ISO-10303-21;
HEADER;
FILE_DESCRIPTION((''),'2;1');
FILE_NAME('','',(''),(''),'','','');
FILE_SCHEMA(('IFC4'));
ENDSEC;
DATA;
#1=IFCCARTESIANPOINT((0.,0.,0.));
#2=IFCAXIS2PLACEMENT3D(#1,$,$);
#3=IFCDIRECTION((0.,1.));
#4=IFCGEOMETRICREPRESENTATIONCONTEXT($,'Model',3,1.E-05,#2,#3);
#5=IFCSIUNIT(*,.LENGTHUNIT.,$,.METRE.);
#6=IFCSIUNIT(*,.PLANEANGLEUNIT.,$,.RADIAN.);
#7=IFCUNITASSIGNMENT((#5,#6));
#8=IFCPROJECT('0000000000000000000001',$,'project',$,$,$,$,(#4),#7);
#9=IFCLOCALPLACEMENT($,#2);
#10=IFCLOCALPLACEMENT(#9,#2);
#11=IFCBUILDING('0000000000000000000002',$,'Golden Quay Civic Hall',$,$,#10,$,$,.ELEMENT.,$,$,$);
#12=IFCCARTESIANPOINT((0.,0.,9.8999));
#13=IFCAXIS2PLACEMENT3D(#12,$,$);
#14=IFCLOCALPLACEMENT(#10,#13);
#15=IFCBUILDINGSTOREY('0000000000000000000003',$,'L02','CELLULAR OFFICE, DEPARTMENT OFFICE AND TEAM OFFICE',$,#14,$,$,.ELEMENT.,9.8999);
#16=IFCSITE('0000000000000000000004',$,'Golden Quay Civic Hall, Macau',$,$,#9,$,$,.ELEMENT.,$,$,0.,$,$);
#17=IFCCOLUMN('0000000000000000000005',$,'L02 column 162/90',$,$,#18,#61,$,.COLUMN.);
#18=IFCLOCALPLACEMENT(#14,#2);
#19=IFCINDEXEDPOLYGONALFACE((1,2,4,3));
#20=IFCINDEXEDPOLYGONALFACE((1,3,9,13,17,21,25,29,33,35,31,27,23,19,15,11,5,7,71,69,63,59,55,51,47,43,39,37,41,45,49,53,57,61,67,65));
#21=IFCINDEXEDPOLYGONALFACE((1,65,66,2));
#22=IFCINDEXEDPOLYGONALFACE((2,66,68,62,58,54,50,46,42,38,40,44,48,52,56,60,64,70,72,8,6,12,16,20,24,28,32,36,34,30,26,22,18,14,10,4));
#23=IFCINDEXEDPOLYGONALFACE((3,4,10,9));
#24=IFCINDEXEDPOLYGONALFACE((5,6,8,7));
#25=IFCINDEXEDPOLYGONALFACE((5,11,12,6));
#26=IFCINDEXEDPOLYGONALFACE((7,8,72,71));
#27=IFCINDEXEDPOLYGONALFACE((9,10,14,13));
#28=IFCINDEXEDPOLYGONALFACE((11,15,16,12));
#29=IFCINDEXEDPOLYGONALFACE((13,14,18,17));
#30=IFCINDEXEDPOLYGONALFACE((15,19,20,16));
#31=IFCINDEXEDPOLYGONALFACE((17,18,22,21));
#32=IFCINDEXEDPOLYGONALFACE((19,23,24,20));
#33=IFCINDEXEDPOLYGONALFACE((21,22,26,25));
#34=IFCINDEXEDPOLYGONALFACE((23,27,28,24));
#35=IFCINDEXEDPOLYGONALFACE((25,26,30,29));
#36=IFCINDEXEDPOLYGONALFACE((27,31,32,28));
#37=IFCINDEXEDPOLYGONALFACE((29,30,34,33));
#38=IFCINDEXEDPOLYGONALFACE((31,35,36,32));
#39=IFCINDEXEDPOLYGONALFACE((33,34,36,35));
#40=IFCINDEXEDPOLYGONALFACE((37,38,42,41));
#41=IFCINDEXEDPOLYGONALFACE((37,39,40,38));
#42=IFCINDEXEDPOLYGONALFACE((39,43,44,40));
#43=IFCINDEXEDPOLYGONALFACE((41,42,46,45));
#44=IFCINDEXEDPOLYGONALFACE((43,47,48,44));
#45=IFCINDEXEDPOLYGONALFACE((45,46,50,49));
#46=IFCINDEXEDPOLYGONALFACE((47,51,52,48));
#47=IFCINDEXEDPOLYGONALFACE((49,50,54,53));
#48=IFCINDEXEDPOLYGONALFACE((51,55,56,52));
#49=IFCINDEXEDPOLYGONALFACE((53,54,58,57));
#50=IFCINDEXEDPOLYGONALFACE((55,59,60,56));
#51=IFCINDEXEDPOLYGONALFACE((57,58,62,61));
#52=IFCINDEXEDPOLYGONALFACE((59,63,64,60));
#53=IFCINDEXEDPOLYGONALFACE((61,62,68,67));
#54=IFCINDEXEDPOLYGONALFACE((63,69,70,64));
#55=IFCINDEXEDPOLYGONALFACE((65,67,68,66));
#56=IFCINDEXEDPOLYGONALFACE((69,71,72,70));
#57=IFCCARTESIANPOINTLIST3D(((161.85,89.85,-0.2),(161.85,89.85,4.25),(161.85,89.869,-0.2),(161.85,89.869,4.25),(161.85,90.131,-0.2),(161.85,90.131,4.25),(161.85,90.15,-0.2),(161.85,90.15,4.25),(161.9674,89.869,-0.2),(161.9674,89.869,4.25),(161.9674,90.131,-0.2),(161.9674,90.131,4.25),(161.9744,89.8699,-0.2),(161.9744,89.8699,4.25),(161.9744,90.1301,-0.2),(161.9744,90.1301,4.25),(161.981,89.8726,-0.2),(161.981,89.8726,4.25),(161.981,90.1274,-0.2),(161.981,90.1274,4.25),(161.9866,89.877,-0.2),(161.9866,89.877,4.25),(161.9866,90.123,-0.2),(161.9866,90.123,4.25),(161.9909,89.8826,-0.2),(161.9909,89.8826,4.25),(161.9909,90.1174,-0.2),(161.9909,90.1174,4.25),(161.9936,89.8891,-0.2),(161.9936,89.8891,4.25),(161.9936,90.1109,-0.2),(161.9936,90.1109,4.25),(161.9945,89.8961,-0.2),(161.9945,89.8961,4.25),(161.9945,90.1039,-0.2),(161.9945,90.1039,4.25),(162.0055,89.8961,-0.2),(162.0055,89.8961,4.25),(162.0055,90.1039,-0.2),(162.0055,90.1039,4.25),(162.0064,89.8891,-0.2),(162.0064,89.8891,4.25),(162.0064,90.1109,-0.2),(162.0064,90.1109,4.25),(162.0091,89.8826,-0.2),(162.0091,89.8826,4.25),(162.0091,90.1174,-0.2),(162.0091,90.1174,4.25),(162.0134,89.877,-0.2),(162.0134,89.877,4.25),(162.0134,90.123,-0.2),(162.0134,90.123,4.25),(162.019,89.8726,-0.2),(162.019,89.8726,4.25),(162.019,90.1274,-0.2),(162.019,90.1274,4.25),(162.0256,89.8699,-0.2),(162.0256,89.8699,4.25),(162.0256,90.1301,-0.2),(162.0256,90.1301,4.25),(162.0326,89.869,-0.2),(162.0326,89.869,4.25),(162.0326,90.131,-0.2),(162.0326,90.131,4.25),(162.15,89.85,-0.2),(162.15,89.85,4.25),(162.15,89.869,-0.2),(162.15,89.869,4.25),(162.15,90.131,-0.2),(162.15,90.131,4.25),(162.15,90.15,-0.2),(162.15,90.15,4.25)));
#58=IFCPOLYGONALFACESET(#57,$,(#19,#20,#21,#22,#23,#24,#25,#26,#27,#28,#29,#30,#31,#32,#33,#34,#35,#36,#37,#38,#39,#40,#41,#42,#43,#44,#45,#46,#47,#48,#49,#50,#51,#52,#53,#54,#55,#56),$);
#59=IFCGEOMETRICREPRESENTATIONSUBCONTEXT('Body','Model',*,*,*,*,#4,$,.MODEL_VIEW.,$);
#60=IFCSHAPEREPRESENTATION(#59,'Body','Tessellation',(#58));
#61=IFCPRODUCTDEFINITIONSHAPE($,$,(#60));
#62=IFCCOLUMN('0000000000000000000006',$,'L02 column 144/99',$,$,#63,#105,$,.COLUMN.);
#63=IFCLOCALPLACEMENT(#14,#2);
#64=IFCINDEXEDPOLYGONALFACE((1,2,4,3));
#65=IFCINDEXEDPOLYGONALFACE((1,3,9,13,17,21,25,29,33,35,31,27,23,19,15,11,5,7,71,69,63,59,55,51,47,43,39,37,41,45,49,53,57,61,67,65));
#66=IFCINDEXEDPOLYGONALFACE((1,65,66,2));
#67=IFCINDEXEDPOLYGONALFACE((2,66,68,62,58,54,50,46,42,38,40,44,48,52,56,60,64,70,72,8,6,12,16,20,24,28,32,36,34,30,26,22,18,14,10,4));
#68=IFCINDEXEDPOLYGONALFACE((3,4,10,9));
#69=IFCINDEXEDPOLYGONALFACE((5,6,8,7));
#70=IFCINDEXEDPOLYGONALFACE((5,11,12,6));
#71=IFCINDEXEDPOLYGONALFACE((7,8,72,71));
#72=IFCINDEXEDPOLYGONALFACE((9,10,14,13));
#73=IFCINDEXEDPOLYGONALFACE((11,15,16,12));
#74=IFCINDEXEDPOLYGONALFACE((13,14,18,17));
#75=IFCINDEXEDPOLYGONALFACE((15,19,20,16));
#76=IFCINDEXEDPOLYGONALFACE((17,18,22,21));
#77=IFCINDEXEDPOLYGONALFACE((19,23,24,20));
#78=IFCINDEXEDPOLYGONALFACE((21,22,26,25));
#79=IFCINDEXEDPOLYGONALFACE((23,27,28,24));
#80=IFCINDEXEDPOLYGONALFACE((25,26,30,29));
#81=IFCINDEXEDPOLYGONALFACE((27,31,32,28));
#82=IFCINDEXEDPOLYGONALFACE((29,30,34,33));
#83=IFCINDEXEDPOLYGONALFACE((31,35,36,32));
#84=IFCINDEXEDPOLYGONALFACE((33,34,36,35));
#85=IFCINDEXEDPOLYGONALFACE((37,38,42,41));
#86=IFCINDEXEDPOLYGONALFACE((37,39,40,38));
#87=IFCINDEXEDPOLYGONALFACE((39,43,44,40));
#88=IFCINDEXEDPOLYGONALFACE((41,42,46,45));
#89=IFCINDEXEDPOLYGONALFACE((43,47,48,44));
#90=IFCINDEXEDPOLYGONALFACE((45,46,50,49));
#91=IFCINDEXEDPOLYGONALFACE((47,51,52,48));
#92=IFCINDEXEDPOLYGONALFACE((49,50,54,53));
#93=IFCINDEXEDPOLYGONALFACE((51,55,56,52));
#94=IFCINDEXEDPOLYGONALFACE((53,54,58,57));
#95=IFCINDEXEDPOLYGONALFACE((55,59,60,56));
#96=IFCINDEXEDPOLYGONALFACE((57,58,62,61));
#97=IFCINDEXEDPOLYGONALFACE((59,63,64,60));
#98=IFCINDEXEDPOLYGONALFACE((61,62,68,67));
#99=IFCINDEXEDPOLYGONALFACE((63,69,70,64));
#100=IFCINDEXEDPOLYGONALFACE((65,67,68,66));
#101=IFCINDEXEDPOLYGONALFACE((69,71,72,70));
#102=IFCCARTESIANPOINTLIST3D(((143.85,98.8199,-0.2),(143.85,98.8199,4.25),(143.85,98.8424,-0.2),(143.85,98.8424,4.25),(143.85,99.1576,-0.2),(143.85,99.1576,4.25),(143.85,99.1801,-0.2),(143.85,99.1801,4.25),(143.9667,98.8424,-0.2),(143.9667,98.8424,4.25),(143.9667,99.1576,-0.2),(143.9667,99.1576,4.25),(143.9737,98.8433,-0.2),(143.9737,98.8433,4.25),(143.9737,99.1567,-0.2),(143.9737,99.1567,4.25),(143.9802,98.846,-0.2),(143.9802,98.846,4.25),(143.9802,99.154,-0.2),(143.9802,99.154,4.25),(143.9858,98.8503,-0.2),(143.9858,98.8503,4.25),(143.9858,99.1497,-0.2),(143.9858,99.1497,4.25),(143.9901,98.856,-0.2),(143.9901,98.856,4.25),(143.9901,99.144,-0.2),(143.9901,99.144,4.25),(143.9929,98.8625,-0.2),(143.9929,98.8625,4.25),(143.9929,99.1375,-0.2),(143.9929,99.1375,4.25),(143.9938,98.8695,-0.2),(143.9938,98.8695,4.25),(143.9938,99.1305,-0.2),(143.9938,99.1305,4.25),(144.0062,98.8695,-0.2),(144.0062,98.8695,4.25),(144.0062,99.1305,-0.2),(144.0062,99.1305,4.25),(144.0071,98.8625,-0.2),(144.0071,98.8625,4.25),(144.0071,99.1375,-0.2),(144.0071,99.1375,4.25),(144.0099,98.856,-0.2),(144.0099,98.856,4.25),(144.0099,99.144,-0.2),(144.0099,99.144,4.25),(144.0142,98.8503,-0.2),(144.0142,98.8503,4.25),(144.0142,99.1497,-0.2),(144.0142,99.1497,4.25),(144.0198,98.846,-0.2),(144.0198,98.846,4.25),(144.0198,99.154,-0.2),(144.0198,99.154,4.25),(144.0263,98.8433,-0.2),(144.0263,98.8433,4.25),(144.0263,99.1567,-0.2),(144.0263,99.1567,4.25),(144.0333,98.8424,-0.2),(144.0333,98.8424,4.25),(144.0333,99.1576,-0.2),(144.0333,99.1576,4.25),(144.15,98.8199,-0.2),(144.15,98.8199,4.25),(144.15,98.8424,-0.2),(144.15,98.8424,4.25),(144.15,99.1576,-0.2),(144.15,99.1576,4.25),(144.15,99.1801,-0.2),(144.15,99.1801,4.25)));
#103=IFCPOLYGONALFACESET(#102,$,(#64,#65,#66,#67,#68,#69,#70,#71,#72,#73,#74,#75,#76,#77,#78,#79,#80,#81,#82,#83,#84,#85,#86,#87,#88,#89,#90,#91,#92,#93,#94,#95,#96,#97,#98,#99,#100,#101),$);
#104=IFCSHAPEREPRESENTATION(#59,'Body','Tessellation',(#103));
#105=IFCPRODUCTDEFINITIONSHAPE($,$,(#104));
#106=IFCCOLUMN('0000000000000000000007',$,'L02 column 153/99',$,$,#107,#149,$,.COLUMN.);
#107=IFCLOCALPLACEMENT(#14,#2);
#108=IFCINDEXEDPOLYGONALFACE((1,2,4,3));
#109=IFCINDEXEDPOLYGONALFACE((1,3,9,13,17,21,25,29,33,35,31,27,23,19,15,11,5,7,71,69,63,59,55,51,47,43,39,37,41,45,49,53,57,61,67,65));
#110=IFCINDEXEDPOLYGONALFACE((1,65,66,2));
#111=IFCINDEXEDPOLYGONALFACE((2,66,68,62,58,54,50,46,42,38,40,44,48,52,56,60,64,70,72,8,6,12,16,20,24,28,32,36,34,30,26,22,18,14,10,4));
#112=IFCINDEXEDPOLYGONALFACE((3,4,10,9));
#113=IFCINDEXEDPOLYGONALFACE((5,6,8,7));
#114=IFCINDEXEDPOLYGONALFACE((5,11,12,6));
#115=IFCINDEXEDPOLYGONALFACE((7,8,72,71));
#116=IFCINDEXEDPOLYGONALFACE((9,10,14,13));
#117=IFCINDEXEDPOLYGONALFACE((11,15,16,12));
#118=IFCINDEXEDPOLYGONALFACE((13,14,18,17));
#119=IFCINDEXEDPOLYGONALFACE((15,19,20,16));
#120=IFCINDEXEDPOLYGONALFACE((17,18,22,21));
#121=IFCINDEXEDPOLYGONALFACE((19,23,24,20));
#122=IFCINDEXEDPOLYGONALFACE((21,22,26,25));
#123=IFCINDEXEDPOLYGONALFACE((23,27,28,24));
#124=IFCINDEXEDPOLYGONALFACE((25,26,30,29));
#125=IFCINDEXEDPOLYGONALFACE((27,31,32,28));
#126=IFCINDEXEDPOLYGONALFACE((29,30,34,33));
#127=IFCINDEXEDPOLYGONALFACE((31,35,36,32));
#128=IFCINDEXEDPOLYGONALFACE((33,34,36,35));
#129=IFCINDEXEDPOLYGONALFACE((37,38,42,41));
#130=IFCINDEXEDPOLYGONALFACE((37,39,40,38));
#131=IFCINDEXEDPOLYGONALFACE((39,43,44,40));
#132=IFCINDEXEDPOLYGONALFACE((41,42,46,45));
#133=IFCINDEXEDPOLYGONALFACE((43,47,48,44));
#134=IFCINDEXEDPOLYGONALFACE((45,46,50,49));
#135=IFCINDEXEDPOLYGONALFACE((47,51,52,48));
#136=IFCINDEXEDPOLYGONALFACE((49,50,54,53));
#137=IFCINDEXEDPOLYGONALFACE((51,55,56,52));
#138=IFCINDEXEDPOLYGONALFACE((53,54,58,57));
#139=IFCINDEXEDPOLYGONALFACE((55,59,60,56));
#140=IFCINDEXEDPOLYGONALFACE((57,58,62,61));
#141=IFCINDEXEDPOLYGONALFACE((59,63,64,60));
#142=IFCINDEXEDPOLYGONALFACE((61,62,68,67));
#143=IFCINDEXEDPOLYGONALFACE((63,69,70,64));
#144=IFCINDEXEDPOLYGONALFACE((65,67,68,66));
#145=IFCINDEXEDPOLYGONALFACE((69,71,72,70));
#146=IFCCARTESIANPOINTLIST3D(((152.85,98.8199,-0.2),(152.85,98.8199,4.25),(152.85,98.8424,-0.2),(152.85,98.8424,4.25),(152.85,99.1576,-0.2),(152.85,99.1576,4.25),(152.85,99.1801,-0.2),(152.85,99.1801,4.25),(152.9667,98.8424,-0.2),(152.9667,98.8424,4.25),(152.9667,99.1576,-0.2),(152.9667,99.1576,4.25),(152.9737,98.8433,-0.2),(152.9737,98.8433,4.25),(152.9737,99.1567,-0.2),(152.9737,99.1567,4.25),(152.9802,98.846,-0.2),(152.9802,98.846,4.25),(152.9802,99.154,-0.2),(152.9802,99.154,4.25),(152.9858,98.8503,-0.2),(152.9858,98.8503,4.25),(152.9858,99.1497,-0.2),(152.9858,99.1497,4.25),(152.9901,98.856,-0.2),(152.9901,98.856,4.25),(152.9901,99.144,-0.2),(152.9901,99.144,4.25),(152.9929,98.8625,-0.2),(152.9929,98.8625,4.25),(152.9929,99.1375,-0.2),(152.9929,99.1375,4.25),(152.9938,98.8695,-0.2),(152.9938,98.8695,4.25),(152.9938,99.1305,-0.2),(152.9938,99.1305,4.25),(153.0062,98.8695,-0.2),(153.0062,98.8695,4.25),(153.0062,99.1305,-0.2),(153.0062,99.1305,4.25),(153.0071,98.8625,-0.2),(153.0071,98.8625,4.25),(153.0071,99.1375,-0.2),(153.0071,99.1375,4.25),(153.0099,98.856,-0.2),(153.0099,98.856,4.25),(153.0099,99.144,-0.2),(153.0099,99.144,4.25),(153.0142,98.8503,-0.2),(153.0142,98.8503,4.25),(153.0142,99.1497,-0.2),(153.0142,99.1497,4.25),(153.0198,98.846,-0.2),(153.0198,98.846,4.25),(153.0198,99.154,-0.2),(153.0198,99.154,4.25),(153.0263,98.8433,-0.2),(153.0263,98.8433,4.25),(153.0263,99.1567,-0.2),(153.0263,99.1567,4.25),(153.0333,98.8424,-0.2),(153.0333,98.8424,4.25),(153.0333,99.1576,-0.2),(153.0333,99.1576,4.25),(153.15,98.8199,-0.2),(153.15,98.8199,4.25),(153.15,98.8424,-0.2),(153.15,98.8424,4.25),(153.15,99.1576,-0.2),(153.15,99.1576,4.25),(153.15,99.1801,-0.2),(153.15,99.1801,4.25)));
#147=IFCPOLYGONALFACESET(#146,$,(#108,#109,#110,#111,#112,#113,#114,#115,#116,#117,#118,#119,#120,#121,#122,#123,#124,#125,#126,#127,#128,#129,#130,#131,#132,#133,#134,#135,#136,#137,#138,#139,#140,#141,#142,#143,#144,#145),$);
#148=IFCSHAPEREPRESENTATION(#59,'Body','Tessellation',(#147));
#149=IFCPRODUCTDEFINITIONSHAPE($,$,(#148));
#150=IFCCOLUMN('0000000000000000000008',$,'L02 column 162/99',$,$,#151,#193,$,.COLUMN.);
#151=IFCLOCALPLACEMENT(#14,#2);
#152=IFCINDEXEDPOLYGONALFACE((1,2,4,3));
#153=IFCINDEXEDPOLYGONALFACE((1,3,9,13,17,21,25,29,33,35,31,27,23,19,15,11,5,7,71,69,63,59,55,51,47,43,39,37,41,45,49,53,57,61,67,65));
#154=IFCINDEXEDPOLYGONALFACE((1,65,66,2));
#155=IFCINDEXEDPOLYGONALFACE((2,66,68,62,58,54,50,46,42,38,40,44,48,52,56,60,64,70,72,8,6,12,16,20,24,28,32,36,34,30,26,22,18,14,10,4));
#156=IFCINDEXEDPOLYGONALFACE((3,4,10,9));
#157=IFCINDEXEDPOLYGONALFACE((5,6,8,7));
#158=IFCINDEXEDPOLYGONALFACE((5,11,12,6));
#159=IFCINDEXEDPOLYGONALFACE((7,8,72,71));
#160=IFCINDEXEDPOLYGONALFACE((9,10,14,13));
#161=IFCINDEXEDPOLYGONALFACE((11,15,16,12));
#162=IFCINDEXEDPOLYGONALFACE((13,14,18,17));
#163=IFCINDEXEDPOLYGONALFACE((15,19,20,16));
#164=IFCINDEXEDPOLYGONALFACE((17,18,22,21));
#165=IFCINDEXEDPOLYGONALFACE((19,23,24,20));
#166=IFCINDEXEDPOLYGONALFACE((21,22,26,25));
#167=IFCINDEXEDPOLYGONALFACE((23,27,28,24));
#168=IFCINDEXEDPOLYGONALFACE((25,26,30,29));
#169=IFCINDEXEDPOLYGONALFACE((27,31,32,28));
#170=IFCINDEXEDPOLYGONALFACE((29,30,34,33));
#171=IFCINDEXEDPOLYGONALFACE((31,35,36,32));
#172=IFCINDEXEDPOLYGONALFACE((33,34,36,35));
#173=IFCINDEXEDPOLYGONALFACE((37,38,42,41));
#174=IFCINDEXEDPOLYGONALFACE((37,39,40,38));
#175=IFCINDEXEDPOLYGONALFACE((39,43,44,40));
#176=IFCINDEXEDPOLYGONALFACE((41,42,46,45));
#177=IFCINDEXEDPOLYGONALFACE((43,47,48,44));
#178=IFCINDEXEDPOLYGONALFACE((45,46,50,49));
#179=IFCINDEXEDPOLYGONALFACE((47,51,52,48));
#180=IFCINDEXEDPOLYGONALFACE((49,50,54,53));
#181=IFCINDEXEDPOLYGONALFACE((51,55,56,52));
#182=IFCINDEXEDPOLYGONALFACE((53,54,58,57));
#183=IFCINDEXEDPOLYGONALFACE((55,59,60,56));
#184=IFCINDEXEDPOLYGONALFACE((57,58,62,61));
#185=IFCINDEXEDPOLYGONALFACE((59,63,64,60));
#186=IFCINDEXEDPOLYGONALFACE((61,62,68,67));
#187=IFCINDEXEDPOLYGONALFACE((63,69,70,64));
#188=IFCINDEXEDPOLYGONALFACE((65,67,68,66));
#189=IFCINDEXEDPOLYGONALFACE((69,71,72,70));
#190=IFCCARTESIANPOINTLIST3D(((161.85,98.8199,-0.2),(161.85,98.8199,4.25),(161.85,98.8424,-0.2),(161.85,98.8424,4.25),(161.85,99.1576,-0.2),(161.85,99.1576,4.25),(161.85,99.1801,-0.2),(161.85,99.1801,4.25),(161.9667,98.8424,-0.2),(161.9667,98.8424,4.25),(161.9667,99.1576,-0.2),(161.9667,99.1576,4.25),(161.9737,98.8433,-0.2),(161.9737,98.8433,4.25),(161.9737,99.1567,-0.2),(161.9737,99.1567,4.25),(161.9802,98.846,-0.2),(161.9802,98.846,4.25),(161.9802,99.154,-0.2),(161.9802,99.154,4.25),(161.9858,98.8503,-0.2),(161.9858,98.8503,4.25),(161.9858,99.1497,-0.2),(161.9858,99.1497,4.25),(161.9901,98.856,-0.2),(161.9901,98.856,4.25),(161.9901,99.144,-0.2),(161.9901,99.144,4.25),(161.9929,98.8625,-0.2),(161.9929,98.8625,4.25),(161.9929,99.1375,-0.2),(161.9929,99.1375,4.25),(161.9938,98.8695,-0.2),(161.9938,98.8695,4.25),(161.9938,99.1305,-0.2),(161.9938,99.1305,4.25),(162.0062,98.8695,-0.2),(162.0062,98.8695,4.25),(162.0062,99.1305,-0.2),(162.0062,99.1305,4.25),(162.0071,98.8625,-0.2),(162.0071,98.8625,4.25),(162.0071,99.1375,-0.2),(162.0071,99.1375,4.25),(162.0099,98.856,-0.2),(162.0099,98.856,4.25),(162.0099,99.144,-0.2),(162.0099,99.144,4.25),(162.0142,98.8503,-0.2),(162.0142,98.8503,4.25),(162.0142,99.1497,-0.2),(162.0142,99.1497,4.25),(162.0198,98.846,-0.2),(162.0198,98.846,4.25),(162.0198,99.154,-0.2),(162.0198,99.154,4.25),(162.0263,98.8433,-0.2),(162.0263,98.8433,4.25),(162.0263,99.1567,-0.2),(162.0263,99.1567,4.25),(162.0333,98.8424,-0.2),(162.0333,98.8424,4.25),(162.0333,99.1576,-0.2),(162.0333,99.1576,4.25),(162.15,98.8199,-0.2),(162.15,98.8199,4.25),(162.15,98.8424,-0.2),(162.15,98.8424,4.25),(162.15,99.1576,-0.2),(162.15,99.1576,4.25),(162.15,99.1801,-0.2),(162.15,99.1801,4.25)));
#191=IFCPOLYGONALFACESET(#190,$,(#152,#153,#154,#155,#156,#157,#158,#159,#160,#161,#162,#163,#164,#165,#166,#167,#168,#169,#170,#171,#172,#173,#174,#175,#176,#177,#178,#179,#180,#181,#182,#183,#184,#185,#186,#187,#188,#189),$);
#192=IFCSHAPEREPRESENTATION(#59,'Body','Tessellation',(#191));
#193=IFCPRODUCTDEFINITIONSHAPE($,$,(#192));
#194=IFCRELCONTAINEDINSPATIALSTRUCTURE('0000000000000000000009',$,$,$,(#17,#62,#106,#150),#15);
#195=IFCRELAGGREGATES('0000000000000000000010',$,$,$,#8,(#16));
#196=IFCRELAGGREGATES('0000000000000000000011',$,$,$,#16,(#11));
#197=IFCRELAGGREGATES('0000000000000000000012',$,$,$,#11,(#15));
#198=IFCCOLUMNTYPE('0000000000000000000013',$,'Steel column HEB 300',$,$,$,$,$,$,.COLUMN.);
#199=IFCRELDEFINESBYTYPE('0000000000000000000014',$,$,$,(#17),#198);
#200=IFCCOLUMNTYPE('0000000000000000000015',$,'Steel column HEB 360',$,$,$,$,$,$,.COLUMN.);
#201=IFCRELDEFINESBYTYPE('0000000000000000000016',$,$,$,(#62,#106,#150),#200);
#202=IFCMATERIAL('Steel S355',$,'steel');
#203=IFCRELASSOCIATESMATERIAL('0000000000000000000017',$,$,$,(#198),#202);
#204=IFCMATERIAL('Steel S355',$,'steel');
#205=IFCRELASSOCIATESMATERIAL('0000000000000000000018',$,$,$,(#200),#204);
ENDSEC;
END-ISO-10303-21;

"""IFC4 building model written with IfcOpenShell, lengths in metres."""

from ifc_helpers import new_model, si_unit, direction, frame, origin, origin_2d, place, context, subcontext, project, spatial, i_section, extrude, material, material_profile, profile_set, type_object, element, save


model = new_model("IFC4")

# Units and contexts
model_context = context("Model", 3, precision=1e-05, world=origin(), true_north=direction((0.0, 1.0)))
body_context = subcontext(model_context, "Body", "Model", "MODEL_VIEW")
ifc_project = project(units=[si_unit("LENGTHUNIT", "METRE"), si_unit("PLANEANGLEUNIT", "RADIAN")], contexts=[model_context])

# Site, building, storey
site_placement = place(None, origin())
site = spatial("IfcSite", under=ifc_project, at=site_placement, Name="Golden Quay Civic Hall, Macau", CompositionType="ELEMENT", RefElevation=0.0)
building_placement = place(site_placement, origin())
building = spatial("IfcBuilding", under=site, at=building_placement, Name="Golden Quay Civic Hall", CompositionType="ELEMENT")
storey_placement = place(building_placement, frame((0.0, 0.0, 9.8999)))
storey = spatial("IfcBuildingStorey", under=building, at=storey_placement, Name="L02", Description="CELLULAR OFFICE, DEPARTMENT OFFICE AND TEAM OFFICE", CompositionType="ELEMENT", Elevation=9.8999)

# Columns
ifc_material_1 = material(Name="Steel S355", Category="steel")
ifc_material_profile_1 = material_profile(ifc_material_1, i_section(OverallWidth=0.3, OverallDepth=0.3, WebThickness=0.011, FlangeThickness=0.019, FilletRadius=0.0271, at=origin_2d()), Name="HEB 300")
ifc_profile_set_1 = profile_set([ifc_material_profile_1], Name="Steel S355")
column_type_1 = type_object("IfcColumnType", Name="Steel column HEB 300", PredefinedType="COLUMN", material=ifc_profile_set_1)
column_placement = place(storey_placement, frame((162.0, 90.0, -0.2), z_axis=(0.0, 0.0, 1.0), x_axis=(1.0, 0.0, 0.0)))
element("IfcColumn", 1, at=column_placement, inside=storey, type_object=column_type_1, Name="L02 column 162/90", PredefinedType="COLUMN", context=body_context, shape_type="SweptSolid", body=[
    extrude(i_section(OverallWidth=0.3, OverallDepth=0.3, WebThickness=0.011, FlangeThickness=0.019, FilletRadius=0.0271, at=origin_2d()), origin(), (0.0, 0.0, 1.0), 4.45),
])
ifc_material_2 = material(Name="Steel S355", Category="steel")
ifc_material_profile_2 = material_profile(ifc_material_2, i_section(OverallWidth=0.3, OverallDepth=0.3601, WebThickness=0.0125, FlangeThickness=0.0225, FilletRadius=0.0271, at=origin_2d()), Name="HEB 360")
ifc_profile_set_2 = profile_set([ifc_material_profile_2], Name="Steel S355")
column_type_2 = type_object("IfcColumnType", Name="Steel column HEB 360", PredefinedType="COLUMN", material=ifc_profile_set_2)
for number, where, z_axis, x_axis, name in (
    (2, (144.0, 99.0, -0.2), (0.0, 0.0, 1.0), (1.0, 0.0, 0.0), "L02 column 144/99"),
    (3, (153.0, 99.0, -0.2), (0.0, 0.0, 1.0), (1.0, 0.0, 0.0), "L02 column 153/99"),
    (4, (162.0, 99.0, -0.2), (0.0, 0.0, 1.0), (1.0, 0.0, 0.0), "L02 column 162/99"),
):
    element("IfcColumn", number, at=place(storey_placement, frame(where, z_axis=z_axis, x_axis=x_axis)), inside=storey, type_object=column_type_2, Name=name, PredefinedType="COLUMN", context=body_context, shape_type="SweptSolid", body=[
        extrude(i_section(OverallWidth=0.3, OverallDepth=0.3601, WebThickness=0.0125, FlangeThickness=0.0225, FilletRadius=0.0271, at=origin_2d()), origin(), (0.0, 0.0, 1.0), 4.45),
    ])

save(model, "model.ifc")
